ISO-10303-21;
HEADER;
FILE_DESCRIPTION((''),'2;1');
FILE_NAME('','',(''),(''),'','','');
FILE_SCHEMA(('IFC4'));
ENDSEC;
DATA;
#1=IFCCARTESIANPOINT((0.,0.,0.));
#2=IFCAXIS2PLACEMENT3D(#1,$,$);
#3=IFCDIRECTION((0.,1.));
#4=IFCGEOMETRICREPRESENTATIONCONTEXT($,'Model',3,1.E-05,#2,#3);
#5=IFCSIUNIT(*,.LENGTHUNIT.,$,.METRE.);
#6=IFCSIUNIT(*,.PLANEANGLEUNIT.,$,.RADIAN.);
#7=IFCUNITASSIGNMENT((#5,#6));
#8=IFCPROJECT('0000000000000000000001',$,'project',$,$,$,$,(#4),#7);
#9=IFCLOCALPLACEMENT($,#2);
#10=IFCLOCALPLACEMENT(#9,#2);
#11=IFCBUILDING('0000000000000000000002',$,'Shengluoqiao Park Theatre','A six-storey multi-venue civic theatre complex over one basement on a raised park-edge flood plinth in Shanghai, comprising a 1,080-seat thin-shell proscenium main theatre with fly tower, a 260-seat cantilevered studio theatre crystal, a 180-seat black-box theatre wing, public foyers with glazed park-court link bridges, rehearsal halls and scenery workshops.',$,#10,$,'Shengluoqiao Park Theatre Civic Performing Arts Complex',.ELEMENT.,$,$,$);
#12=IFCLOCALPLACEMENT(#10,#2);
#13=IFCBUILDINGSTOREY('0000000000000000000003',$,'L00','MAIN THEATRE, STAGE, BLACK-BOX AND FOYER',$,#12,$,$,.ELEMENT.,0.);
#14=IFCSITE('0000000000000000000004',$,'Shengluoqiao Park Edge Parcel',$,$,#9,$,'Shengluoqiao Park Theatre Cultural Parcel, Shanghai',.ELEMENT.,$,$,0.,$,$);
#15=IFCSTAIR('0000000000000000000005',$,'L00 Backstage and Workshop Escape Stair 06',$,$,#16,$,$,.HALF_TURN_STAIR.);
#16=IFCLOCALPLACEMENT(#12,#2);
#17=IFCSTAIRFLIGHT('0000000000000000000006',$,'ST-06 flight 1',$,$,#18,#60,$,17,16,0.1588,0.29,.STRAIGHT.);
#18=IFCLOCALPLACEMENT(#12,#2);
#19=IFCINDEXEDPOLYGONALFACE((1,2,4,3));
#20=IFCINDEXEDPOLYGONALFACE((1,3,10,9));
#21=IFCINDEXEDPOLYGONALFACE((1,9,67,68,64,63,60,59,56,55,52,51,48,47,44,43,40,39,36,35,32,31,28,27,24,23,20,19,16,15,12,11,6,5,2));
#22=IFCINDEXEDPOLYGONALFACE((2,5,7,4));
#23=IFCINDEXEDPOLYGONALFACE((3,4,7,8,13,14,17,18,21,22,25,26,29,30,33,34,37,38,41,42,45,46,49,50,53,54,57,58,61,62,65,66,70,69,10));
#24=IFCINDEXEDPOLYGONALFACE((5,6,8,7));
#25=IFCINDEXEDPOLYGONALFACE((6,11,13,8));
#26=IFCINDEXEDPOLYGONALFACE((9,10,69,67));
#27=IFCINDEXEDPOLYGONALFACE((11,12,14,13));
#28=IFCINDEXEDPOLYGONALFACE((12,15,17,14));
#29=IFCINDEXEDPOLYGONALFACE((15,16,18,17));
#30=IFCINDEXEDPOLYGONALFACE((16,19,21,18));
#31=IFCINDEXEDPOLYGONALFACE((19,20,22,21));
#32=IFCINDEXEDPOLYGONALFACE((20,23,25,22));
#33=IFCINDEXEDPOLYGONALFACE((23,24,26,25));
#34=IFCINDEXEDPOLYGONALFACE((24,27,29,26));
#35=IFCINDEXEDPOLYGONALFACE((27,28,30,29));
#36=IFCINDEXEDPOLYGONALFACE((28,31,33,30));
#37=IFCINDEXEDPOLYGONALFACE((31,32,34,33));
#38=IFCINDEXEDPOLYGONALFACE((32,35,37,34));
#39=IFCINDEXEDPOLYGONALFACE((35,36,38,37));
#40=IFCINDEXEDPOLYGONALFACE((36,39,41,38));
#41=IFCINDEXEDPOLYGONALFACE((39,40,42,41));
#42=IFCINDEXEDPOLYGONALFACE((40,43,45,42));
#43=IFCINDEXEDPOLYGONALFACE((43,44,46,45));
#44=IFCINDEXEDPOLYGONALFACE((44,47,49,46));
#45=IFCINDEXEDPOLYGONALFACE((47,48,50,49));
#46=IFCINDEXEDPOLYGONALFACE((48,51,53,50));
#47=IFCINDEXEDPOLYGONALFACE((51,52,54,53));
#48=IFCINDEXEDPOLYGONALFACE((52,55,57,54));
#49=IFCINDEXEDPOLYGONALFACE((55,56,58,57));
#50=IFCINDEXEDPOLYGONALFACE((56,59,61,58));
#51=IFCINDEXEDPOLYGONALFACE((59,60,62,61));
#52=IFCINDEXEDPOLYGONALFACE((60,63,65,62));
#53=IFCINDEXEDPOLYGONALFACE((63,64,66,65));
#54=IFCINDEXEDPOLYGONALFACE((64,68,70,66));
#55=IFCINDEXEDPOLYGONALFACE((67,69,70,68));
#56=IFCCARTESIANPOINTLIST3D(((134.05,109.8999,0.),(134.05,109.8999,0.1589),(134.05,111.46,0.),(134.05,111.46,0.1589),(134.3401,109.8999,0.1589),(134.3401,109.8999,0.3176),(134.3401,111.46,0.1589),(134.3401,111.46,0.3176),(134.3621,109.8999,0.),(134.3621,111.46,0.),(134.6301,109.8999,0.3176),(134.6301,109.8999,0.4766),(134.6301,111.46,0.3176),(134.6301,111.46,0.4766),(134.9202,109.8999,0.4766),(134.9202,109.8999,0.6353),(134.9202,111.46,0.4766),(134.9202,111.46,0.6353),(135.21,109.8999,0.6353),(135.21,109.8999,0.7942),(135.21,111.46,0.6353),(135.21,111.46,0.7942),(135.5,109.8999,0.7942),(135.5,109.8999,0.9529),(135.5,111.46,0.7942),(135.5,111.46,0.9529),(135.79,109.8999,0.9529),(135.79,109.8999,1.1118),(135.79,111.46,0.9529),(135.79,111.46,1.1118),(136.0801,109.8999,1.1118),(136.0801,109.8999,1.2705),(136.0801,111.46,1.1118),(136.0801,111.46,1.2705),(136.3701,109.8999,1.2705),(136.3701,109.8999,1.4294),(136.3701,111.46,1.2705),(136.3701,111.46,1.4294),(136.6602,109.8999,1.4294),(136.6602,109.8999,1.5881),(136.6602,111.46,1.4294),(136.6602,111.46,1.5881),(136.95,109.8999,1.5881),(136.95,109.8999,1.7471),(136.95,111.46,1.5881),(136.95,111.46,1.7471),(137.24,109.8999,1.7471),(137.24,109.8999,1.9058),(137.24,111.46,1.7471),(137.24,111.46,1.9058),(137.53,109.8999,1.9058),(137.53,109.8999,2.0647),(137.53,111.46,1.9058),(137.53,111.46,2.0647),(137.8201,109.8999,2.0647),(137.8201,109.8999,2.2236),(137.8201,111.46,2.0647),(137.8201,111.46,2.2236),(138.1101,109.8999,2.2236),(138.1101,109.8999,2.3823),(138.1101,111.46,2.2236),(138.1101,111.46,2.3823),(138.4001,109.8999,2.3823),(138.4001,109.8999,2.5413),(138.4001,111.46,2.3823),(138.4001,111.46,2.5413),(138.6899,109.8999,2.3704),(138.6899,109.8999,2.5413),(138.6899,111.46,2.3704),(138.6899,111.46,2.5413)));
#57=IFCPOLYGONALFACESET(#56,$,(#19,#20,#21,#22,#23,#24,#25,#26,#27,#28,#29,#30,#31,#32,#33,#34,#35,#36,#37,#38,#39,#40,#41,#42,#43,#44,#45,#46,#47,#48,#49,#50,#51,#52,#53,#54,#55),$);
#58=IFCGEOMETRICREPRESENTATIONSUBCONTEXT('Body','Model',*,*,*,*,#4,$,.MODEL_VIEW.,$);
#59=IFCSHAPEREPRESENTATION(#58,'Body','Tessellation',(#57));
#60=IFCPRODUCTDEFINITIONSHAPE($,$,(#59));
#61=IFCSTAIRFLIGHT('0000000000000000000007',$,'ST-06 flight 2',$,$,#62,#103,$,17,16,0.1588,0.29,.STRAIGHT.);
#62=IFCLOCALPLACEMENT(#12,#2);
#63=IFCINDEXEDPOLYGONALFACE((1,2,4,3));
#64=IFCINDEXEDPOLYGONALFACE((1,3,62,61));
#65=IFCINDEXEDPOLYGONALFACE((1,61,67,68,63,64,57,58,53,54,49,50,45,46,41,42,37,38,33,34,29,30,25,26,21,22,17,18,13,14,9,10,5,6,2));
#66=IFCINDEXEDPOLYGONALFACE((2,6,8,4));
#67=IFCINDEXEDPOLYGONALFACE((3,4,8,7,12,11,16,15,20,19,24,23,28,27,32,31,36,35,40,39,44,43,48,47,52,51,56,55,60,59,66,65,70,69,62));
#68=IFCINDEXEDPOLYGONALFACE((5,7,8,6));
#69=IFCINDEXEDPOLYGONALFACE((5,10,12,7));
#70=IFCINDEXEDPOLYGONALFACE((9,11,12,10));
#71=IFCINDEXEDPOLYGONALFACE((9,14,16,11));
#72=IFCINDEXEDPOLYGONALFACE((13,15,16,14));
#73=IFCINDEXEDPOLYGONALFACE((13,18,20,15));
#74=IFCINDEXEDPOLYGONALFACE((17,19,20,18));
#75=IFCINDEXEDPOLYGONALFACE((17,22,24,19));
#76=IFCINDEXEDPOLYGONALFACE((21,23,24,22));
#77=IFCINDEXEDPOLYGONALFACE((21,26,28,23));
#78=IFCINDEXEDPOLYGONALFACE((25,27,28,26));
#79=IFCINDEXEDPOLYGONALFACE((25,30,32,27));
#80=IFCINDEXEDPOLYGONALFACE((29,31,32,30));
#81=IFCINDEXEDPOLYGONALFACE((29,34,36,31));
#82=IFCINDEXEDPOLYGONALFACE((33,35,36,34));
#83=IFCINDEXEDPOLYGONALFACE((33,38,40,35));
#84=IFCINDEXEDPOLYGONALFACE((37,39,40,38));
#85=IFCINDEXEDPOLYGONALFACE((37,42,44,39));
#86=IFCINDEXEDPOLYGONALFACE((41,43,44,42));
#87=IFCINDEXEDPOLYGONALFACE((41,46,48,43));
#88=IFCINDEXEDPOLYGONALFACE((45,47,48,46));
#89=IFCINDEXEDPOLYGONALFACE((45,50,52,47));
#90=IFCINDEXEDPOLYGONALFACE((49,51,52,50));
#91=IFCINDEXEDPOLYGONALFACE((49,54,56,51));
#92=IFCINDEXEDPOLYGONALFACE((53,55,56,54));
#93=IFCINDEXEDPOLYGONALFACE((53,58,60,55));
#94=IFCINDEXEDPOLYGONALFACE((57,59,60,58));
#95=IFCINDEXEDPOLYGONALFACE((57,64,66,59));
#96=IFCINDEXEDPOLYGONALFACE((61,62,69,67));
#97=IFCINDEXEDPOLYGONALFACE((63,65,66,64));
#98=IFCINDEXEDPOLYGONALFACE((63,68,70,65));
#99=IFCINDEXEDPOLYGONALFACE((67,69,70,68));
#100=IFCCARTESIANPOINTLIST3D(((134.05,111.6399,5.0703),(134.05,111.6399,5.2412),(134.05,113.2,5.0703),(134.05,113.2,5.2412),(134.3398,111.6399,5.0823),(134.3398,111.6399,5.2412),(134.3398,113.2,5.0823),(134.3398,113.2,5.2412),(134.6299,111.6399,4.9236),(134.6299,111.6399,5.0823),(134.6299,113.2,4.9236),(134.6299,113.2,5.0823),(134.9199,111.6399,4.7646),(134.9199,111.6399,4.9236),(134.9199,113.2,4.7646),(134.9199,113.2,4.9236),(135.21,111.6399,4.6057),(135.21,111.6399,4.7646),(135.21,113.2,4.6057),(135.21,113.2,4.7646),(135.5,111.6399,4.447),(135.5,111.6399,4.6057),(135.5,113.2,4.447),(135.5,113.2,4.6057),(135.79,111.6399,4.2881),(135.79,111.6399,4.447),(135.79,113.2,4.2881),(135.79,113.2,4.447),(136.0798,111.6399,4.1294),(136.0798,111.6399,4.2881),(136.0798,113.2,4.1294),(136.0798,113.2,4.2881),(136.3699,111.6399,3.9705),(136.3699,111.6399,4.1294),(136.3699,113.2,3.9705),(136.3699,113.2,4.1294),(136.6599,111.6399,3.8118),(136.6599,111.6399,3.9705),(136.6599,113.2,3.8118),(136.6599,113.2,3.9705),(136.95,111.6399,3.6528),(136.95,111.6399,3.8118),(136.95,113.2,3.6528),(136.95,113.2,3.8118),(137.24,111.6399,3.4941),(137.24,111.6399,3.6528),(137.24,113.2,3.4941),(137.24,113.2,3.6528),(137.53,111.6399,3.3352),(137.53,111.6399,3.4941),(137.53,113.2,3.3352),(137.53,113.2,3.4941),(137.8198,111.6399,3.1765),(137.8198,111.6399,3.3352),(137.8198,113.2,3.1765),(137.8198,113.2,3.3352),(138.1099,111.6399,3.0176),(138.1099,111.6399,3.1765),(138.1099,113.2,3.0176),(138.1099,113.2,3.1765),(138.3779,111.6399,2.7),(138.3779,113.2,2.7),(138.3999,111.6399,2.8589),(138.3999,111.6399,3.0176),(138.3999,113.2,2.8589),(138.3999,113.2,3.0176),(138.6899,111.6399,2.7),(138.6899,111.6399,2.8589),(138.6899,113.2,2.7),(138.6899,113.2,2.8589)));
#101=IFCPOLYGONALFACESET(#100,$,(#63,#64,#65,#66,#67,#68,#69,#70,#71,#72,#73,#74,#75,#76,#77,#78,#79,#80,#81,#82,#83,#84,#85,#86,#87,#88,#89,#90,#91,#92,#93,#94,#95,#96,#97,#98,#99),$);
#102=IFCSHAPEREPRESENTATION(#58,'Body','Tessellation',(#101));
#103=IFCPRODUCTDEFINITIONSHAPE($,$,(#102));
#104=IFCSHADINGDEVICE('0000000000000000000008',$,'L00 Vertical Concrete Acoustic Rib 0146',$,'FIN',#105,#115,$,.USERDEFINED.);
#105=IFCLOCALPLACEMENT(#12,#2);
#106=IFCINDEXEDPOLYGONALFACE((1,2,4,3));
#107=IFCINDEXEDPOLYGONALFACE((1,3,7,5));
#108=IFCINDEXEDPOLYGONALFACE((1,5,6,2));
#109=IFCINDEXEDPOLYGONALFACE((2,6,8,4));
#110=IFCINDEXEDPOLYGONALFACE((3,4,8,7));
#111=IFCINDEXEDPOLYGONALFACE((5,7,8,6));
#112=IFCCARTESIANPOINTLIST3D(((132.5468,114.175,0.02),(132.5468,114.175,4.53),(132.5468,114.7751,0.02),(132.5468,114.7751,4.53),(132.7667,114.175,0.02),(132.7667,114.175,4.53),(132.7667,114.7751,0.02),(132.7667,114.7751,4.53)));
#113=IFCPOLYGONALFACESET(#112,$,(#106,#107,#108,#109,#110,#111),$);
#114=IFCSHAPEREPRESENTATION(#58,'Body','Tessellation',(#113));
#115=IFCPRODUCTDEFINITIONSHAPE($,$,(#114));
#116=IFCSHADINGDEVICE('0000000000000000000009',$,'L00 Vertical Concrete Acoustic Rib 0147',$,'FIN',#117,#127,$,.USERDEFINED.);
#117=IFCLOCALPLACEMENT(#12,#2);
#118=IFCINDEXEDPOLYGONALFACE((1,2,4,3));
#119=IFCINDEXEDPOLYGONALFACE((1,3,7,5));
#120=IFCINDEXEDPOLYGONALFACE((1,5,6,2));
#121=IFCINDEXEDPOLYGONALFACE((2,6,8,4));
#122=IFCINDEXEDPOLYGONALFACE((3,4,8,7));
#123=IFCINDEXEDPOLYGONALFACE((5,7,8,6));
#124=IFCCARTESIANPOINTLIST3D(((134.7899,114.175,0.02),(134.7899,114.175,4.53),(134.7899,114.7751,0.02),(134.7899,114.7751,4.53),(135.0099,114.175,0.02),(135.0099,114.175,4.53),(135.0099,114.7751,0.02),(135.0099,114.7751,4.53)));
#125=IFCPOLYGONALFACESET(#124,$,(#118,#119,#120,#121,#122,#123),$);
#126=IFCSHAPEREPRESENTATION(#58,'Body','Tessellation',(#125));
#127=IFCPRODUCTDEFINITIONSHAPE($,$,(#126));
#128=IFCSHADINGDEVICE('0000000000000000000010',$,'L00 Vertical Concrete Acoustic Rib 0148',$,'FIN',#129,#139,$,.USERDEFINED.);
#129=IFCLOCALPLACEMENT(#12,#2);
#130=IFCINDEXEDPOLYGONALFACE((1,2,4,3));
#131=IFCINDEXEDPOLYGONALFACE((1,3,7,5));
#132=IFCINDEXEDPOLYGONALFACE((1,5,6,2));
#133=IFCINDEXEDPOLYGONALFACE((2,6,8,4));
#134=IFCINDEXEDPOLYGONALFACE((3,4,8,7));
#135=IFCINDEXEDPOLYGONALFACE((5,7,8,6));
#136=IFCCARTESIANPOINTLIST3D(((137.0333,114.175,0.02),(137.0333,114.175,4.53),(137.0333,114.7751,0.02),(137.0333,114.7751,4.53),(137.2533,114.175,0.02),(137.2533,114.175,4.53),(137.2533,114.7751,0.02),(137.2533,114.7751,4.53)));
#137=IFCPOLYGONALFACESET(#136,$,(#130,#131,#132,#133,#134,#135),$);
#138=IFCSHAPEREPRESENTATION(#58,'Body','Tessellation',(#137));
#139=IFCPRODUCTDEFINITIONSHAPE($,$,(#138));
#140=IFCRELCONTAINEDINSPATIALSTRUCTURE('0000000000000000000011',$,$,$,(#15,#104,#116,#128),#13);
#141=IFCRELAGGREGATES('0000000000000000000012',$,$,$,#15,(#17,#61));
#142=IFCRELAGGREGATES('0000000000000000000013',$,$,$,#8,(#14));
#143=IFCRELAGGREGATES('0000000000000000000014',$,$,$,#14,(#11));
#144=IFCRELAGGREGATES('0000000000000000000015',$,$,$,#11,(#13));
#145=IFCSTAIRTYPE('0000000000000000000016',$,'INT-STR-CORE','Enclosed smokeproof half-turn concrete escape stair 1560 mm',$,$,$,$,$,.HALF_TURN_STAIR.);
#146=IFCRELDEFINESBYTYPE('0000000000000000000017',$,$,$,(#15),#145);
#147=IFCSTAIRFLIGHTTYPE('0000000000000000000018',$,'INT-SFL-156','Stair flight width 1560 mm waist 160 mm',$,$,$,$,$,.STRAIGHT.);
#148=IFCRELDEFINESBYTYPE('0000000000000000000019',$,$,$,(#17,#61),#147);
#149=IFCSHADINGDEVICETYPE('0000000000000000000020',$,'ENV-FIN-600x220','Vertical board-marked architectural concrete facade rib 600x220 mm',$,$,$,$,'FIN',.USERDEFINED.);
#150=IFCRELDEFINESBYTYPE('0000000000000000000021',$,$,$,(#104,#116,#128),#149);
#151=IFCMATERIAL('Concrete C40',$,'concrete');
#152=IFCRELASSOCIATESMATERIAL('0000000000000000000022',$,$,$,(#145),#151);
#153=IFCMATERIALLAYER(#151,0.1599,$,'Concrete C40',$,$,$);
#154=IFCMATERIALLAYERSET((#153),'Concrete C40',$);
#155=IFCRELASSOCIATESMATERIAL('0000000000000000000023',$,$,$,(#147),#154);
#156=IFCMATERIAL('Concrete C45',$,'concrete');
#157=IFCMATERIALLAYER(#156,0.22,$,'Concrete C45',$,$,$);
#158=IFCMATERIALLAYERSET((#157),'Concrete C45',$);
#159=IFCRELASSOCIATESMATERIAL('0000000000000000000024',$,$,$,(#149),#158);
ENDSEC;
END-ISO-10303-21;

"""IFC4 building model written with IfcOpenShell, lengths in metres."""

from ifc_helpers import new_model, si_unit, direction, frame, origin, origin_2d, place, context, subcontext, project, spatial, polyline, rectangle, outline, extrude, material, layer, layer_set, type_object, element, aggregate, save


model = new_model("IFC4")

# Units and contexts
model_context = context("Model", 3, precision=1e-05, world=origin(), true_north=direction((0.0, 1.0)))
body_context = subcontext(model_context, "Body", "Model", "MODEL_VIEW")
ifc_project = project(units=[si_unit("LENGTHUNIT", "METRE"), si_unit("PLANEANGLEUNIT", "RADIAN")], contexts=[model_context])

# Site, building, storey
site_placement = place(None, origin())
site = spatial("IfcSite", under=ifc_project, at=site_placement, Name="Shengluoqiao Park Edge Parcel", LongName="Shengluoqiao Park Theatre Cultural Parcel, Shanghai", CompositionType="ELEMENT", RefElevation=0.0)
building_placement = place(site_placement, origin())
building = spatial("IfcBuilding", under=site, at=building_placement, Name="Shengluoqiao Park Theatre", Description="A six-storey multi-venue civic theatre complex over one basement on a raised park-edge flood plinth in Shanghai, comprising a 1,080-seat thin-shell proscenium main theatre with fly tower, a 260-seat cantilevered studio theatre crystal, a 180-seat black-box theatre wing, public foyers with glazed park-court link bridges, rehearsal halls and scenery workshops.", LongName="Shengluoqiao Park Theatre Civic Performing Arts Complex", CompositionType="ELEMENT")
storey_placement = place(building_placement, origin())
storey = spatial("IfcBuildingStorey", under=building, at=storey_placement, Name="L00", Description="MAIN THEATRE, STAGE, BLACK-BOX AND FOYER", CompositionType="ELEMENT", Elevation=0.0)

# Shared definitions
ifc_material_1 = material(Name="Concrete C40", Category="concrete")

# Stair, stair flights
stair_type = type_object("IfcStairType", Name="INT-STR-CORE", Description="Enclosed smokeproof half-turn concrete escape stair 1560 mm", PredefinedType="HALF_TURN_STAIR", material=ifc_material_1)
stair_placement = place(storey_placement, origin())
stair = element("IfcStair", 1, at=stair_placement, inside=storey, type_object=stair_type, Name="L00 Backstage and Workshop Escape Stair 06", PredefinedType="HALF_TURN_STAIR")
ifc_layer_1 = layer(ifc_material_1, 0.1599, Name="Concrete C40")
ifc_layer_set_1 = layer_set([ifc_layer_1], Name="Concrete C40")
stair_flight_type = type_object("IfcStairFlightType", Name="INT-SFL-156", Description="Stair flight width 1560 mm waist 160 mm", PredefinedType="STRAIGHT", material=ifc_layer_set_1)
stair_flight_1_placement = place(storey_placement, frame((134.05, 110.6799, 0.0), z_axis=(0.0, 0.0, 1.0), x_axis=(1.0, 0.0, 0.0)))
stair_flight_1 = element("IfcStairFlight", 2, at=stair_flight_1_placement, type_object=stair_flight_type, Name="ST-06 flight 1", NumberOfRisers=17, NumberOfTreads=16, PredefinedType="STRAIGHT", RiserHeight=0.1588, TreadLength=0.29, context=body_context, shape_type="SweptSolid", body=[
    extrude(outline(polyline([(0.0, 0.0), (0.0, 0.1589), (0.29, 0.1589), (0.29, 0.3176), (0.5801, 0.3176), (0.5801, 0.4766), (0.8701, 0.4766), (0.8701, 0.6353), (1.1599, 0.6353), (1.1599, 0.7942), (1.45, 0.7942), (1.45, 0.9529), (1.74, 0.9529), (1.74, 1.1118), (2.03, 1.1118), (2.03, 1.2705), (2.3201, 1.2705), (2.3201, 1.4294), (2.6101, 1.4294), (2.6101, 1.5881), (2.8999, 1.5881), (2.8999, 1.7471), (3.1899, 1.7471), (3.1899, 1.9058), (3.48, 1.9058), (3.48, 2.0647), (3.77, 2.0647), (3.77, 2.2236), (4.0601, 2.2236), (4.0601, 2.3823), (4.3501, 2.3823), (4.3501, 2.5413), (4.6399, 2.5413), (4.6399, 2.7), (4.6399, 2.3704), (0.312, 0.0), (0.0, 0.0)])), frame((0.0, 0.78, 0.0), z_axis=(0.0, -1.0, 0.0), x_axis=(1.0, 0.0, 0.0)), (0.0, 0.0, 1.0), 1.5601),
])
stair_flight_2_placement = place(storey_placement, frame((138.6899, 112.4199, 2.7), z_axis=(0.0, 0.0, 1.0), x_axis=(-1.0, 0.0, 0.0)))
stair_flight_2 = element("IfcStairFlight", 3, at=stair_flight_2_placement, type_object=stair_flight_type, Name="ST-06 flight 2", NumberOfRisers=17, NumberOfTreads=16, PredefinedType="STRAIGHT", RiserHeight=0.1588, TreadLength=0.29, context=body_context, shape_type="SweptSolid", body=[
    extrude(outline(polyline([(0.0, 0.0), (0.0, 0.1589), (0.29, 0.1589), (0.29, 0.3176), (0.5801, 0.3176), (0.5801, 0.4766), (0.8701, 0.4766), (0.8701, 0.6353), (1.1599, 0.6353), (1.1599, 0.7942), (1.45, 0.7942), (1.45, 0.9529), (1.74, 0.9529), (1.74, 1.1118), (2.03, 1.1118), (2.03, 1.2705), (2.3201, 1.2705), (2.3201, 1.4294), (2.6101, 1.4294), (2.6101, 1.5881), (2.8999, 1.5881), (2.8999, 1.7471), (3.1899, 1.7471), (3.1899, 1.9058), (3.48, 1.9058), (3.48, 2.0647), (3.77, 2.0647), (3.77, 2.2236), (4.0601, 2.2236), (4.0601, 2.3823), (4.3501, 2.3823), (4.3501, 2.5413), (4.6399, 2.5413), (4.6399, 2.7), (4.6399, 2.3704), (0.312, 0.0), (0.0, 0.0)])), frame((0.0, 0.78, 0.0), z_axis=(0.0, -1.0, 0.0), x_axis=(1.0, 0.0, 0.0)), (0.0, 0.0, 1.0), 1.5601),
])
aggregate(stair, [stair_flight_1, stair_flight_2])

# Shading devices
ifc_material_2 = material(Name="Concrete C45", Category="concrete")
ifc_layer_2 = layer(ifc_material_2, 0.22, Name="Concrete C45")
ifc_layer_set_2 = layer_set([ifc_layer_2], Name="Concrete C45")
shading_device_type = type_object("IfcShadingDeviceType", Name="ENV-FIN-600x220", Description="Vertical board-marked architectural concrete facade rib 600x220 mm", ElementType="FIN", PredefinedType="USERDEFINED", material=ifc_layer_set_2)
for number, where, z_axis, x_axis, name in (
    (4, (132.6567, 114.4751, 0.02), (0.0, 0.0, 1.0), (0.0, 1.0, 0.0), "L00 Vertical Concrete Acoustic Rib 0146"),
    (5, (134.8999, 114.4751, 0.02), (0.0, 0.0, 1.0), (0.0, 1.0, 0.0), "L00 Vertical Concrete Acoustic Rib 0147"),
    (6, (137.1433, 114.4751, 0.02), (0.0, 0.0, 1.0), (0.0, 1.0, 0.0), "L00 Vertical Concrete Acoustic Rib 0148"),
):
    element("IfcShadingDevice", number, at=place(storey_placement, frame(where, z_axis=z_axis, x_axis=x_axis)), inside=storey, type_object=shading_device_type, Name=name, ObjectType="FIN", PredefinedType="USERDEFINED", context=body_context, shape_type="SweptSolid", body=[
        extrude(rectangle(XDim=0.6001, YDim=0.22, at=origin_2d()), origin(), (0.0, 0.0, 1.0), 4.51),
    ])

save(model, "model.ifc")
